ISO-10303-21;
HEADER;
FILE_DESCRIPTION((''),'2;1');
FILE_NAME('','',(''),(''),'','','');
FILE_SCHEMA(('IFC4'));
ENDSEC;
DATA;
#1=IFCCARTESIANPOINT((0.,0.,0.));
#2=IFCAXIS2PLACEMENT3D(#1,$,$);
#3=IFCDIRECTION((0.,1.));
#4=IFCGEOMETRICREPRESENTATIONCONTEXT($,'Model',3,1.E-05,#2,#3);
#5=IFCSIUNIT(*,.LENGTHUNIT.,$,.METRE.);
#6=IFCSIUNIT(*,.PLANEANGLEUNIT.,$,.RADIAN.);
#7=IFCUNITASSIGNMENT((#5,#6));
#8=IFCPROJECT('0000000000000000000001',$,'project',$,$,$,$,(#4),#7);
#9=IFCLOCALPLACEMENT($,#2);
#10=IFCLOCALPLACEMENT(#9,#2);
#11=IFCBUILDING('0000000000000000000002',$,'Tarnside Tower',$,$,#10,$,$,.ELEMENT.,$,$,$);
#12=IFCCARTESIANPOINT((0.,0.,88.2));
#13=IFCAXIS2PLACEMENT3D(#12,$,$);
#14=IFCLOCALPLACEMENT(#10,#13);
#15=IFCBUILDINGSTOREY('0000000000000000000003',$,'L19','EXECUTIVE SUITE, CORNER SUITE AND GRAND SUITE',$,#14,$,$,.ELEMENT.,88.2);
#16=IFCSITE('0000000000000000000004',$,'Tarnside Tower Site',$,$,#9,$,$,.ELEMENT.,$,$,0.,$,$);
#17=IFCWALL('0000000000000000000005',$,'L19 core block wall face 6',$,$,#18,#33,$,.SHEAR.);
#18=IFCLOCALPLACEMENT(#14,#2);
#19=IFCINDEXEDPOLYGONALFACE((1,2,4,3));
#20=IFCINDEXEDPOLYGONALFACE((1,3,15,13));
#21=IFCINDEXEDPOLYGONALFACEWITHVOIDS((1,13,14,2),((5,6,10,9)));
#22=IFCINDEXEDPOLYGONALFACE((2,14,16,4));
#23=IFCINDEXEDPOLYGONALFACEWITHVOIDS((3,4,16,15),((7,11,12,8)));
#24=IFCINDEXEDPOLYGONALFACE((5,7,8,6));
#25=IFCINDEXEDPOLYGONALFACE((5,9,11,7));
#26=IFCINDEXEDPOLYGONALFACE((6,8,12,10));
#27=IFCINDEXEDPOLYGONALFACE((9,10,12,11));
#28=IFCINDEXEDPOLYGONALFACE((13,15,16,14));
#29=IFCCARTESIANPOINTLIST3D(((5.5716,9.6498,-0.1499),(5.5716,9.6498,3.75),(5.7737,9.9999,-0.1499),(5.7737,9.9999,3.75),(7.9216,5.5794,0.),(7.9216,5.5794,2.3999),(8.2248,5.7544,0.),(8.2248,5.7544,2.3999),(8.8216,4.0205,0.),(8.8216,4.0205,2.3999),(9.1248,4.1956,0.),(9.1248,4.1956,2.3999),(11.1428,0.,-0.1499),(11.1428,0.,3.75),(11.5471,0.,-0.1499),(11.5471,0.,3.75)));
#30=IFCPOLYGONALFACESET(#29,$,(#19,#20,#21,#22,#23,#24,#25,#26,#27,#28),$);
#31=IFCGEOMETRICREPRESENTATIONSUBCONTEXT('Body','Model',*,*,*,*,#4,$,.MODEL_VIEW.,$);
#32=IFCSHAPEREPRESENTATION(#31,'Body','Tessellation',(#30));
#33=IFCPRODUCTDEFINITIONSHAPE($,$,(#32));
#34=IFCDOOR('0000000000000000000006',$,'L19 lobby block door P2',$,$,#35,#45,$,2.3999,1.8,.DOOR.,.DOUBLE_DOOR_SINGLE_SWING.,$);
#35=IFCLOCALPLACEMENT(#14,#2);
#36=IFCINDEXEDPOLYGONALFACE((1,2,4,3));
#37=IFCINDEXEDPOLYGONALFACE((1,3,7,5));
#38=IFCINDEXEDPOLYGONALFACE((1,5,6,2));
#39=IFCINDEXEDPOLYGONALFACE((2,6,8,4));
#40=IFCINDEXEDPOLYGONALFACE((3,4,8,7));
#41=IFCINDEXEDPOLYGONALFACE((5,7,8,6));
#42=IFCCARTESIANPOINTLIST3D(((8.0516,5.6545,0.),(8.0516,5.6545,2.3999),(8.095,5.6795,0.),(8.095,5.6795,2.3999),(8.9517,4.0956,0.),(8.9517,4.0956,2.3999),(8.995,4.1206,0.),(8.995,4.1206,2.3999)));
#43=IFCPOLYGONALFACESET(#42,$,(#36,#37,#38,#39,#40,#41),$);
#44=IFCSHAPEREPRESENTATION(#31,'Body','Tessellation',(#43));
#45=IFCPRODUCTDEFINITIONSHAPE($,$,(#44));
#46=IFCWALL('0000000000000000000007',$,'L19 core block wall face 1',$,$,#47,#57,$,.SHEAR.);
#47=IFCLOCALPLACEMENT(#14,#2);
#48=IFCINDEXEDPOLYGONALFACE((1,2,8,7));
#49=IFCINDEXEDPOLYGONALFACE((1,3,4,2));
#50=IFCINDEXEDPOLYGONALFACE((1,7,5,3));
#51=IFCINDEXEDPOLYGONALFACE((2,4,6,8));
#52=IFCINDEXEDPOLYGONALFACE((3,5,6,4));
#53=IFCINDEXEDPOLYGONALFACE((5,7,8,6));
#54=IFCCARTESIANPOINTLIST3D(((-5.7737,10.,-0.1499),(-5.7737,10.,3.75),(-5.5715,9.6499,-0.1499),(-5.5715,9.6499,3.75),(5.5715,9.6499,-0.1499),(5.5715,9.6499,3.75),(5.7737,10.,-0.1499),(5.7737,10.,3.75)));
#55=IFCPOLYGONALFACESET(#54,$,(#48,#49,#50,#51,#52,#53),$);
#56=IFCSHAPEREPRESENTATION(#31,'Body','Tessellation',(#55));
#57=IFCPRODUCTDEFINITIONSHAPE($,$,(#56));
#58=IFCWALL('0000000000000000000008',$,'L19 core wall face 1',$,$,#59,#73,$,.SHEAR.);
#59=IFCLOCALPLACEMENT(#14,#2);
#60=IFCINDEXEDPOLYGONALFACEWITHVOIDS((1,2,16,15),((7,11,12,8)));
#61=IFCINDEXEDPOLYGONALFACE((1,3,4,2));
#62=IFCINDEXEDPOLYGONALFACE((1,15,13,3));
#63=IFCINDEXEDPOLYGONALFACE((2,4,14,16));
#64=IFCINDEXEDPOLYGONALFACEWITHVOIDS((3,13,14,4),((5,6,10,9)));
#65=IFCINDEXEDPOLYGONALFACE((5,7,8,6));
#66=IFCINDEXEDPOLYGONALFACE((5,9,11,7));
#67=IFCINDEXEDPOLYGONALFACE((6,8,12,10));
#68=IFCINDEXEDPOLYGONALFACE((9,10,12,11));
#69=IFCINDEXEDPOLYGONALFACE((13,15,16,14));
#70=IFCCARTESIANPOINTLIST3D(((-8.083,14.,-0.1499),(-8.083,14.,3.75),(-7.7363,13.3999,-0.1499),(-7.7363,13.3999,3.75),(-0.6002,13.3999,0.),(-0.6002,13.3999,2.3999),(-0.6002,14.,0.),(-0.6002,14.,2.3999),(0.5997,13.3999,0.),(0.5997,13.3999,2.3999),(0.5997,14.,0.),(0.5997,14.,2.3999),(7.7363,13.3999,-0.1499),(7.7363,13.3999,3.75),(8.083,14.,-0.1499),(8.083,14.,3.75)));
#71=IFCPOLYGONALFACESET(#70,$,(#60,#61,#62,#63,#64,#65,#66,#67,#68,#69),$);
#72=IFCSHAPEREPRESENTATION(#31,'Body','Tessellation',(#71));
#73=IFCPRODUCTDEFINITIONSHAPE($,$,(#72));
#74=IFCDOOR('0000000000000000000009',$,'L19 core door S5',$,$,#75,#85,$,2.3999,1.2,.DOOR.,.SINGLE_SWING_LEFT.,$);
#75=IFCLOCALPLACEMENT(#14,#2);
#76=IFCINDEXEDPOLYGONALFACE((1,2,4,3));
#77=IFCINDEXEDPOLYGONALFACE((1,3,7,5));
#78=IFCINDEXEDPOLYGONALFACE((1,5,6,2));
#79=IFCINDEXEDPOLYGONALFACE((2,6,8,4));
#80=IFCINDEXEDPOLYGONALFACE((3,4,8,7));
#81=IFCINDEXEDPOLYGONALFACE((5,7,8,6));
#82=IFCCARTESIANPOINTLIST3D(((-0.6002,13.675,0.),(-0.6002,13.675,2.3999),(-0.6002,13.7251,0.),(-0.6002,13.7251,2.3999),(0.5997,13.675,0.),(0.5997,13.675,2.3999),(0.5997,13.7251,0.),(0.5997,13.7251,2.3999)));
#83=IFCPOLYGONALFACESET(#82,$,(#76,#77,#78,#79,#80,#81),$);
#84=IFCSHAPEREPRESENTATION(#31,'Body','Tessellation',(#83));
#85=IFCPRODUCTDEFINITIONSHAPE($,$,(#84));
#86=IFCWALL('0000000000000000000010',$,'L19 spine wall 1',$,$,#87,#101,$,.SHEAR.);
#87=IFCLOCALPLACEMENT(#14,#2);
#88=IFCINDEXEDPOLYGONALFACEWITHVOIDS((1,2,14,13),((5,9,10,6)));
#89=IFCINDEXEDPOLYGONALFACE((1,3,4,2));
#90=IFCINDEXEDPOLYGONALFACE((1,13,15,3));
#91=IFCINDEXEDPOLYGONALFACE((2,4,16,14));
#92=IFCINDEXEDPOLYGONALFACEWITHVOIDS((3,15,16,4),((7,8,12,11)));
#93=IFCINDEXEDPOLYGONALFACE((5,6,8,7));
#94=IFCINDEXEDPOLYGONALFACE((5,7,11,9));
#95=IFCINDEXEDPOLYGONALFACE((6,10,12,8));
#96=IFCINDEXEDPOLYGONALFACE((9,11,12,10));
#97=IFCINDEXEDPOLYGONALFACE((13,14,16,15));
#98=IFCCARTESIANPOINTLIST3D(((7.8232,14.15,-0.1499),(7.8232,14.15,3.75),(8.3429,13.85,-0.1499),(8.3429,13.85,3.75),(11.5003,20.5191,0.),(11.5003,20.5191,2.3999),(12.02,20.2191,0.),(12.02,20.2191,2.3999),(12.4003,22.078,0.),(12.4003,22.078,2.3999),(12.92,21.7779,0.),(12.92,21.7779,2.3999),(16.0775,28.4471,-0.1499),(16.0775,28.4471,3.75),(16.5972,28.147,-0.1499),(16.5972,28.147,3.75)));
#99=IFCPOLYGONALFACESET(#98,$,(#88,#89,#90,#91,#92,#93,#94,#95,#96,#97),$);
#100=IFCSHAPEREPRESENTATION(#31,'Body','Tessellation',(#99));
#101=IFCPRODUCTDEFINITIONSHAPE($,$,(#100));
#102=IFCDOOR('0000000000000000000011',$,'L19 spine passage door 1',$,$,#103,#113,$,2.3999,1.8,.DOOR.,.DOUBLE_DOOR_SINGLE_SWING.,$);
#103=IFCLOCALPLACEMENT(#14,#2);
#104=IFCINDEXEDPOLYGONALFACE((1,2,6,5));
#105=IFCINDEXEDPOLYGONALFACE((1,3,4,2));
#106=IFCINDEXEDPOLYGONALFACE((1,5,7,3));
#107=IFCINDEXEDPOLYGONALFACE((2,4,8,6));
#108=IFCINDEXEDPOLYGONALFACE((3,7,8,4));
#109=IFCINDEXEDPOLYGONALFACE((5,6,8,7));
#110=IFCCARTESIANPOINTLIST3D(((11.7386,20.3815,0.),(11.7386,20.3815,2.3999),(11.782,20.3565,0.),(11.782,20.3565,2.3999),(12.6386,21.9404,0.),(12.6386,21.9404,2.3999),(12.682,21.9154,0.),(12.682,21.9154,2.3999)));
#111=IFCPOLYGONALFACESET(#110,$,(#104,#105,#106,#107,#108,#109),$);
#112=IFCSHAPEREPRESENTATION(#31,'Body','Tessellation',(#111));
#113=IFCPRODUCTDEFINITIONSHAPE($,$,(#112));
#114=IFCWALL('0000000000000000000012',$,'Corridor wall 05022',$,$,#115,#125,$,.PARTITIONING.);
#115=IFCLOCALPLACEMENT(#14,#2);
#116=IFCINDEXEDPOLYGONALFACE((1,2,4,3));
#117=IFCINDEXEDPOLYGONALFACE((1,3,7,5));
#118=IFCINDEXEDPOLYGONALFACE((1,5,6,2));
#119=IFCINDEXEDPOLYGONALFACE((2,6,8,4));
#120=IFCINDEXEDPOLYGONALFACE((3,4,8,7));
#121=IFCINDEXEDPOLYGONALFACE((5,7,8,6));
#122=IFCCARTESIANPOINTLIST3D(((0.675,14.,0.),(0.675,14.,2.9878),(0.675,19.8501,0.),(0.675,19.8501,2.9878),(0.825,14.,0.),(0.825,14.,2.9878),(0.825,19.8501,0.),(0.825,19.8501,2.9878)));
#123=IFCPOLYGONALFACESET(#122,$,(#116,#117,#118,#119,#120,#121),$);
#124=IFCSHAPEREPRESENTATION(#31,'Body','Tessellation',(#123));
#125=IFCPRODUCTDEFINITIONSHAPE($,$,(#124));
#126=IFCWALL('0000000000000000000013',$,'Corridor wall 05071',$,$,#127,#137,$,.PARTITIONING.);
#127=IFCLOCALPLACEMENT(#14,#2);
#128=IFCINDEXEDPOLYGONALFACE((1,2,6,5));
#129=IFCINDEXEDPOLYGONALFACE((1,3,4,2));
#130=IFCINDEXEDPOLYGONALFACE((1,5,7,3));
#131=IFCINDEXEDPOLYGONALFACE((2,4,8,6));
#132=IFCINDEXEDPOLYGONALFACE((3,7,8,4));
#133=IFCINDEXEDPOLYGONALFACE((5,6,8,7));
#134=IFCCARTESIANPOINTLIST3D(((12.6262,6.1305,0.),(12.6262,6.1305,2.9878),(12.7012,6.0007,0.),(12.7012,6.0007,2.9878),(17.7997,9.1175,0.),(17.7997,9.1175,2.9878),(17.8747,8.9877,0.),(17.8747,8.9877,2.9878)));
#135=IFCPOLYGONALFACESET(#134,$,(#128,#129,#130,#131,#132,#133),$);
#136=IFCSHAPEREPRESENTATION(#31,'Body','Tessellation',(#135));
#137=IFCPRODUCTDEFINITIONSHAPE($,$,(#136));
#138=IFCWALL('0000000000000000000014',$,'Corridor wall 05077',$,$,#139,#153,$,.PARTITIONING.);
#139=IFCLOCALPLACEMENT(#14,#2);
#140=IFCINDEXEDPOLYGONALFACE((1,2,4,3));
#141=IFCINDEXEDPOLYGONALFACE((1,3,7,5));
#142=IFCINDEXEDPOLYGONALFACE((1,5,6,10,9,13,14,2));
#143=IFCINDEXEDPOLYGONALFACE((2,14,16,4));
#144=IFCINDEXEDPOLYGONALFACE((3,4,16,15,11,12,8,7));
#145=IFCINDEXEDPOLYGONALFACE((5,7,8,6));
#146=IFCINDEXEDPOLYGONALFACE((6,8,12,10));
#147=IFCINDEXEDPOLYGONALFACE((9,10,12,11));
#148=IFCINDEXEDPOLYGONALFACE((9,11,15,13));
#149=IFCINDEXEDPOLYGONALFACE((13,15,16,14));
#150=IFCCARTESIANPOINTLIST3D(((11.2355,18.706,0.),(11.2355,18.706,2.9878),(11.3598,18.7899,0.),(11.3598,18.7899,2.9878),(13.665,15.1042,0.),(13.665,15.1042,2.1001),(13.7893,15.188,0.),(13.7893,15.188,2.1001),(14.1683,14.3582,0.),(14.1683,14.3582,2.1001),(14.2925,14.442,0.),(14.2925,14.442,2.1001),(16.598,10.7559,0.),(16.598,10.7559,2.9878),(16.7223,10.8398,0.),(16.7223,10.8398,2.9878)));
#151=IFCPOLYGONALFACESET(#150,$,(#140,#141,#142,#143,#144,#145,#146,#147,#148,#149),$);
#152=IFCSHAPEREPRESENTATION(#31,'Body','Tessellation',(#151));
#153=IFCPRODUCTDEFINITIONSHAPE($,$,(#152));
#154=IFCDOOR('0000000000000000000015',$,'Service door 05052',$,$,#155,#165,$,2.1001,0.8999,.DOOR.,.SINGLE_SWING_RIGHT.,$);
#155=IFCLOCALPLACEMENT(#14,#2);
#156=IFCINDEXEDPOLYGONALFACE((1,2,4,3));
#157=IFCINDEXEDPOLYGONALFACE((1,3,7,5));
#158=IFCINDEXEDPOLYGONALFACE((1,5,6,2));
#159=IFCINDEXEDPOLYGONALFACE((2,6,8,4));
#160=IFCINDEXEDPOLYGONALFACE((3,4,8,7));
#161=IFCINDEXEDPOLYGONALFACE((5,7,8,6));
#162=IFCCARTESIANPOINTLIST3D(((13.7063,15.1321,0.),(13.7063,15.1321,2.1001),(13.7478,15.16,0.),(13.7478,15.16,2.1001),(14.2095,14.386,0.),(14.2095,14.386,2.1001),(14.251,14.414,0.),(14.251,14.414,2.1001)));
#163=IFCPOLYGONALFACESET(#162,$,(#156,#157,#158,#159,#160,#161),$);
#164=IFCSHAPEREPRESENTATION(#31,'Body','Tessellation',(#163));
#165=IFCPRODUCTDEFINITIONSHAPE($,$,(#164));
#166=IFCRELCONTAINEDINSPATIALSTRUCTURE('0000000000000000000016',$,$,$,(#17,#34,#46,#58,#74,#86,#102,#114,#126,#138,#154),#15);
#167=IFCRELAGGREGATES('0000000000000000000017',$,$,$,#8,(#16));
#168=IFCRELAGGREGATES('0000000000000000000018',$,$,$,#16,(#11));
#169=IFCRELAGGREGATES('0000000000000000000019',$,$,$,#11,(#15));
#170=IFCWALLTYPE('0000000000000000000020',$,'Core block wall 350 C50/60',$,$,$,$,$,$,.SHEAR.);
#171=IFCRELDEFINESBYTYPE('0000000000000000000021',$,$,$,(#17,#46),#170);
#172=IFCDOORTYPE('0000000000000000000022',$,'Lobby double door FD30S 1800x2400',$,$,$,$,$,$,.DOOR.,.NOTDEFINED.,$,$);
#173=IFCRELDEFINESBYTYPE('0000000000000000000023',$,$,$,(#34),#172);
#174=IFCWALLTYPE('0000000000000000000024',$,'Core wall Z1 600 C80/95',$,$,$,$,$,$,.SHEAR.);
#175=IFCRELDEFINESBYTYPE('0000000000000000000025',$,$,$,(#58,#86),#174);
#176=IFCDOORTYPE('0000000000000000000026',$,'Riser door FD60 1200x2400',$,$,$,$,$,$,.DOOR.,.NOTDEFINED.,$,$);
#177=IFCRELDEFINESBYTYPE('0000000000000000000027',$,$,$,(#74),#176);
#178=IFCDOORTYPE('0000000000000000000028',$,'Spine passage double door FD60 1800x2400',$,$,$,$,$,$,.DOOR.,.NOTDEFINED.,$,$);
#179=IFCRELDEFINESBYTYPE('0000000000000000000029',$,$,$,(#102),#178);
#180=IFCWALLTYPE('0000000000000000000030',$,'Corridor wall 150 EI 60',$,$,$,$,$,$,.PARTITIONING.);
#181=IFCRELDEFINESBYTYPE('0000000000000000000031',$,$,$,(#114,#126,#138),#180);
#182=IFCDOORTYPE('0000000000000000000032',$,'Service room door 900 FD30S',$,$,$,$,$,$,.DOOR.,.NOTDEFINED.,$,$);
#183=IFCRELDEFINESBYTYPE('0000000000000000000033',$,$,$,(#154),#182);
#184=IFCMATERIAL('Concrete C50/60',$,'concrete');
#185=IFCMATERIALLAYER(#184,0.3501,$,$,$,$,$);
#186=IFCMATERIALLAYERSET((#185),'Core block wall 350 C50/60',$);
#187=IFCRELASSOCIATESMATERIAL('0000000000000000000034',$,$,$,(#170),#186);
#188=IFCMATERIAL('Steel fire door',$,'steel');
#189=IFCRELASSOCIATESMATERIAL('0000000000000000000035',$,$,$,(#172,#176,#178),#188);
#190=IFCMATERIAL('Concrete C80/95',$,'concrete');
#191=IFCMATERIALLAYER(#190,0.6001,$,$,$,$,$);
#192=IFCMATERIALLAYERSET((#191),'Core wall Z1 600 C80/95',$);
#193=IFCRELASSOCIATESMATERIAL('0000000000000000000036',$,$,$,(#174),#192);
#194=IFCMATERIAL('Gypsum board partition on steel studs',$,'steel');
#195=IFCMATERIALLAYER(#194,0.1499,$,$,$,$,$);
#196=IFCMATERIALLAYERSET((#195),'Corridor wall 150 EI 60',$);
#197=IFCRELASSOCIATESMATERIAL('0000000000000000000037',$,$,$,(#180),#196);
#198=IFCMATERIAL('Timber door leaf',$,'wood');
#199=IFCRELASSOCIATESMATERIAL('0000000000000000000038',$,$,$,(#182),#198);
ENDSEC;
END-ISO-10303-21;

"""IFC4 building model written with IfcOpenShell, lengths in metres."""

from ifc_helpers import new_model, si_unit, direction, frame, frame_2d, origin, place, context, subcontext, project, spatial, polyline, rectangle, outline, extrude, material, layer, layer_set, type_object, element, fill, save


model = new_model("IFC4")

# Units and contexts
model_context = context("Model", 3, precision=1e-05, world=origin(), true_north=direction((0.0, 1.0)))
body_context = subcontext(model_context, "Body", "Model", "MODEL_VIEW")
ifc_project = project(units=[si_unit("LENGTHUNIT", "METRE"), si_unit("PLANEANGLEUNIT", "RADIAN")], contexts=[model_context])

# Site, building, storey
site_placement = place(None, origin())
site = spatial("IfcSite", under=ifc_project, at=site_placement, Name="Tarnside Tower Site", CompositionType="ELEMENT", RefElevation=0.0)
building_placement = place(site_placement, origin())
building = spatial("IfcBuilding", under=site, at=building_placement, Name="Tarnside Tower", CompositionType="ELEMENT")
storey_placement = place(building_placement, frame((0.0, 0.0, 88.2)))
storey = spatial("IfcBuildingStorey", under=building, at=storey_placement, Name="L19", Description="EXECUTIVE SUITE, CORNER SUITE AND GRAND SUITE", CompositionType="ELEMENT", Elevation=88.2)

# Wall, opening, door
ifc_material_1 = material(Name="Concrete C50/60", Category="concrete")
ifc_layer_1 = layer(ifc_material_1, 0.3501)
ifc_layer_set_1 = layer_set([ifc_layer_1], Name="Core block wall 350 C50/60")
wall_type_1 = type_object("IfcWallType", Name="Core block wall 350 C50/60", PredefinedType="SHEAR", material=ifc_layer_set_1)
wall_1_placement = place(storey_placement, frame((11.345, 0.0, -0.1499), z_axis=(0.0, 0.0, 1.0), x_axis=(-0.499995, 0.866028, 0.0)))
wall_1 = element("IfcWall", 1, at=wall_1_placement, inside=storey, type_object=wall_type_1, Name="L19 core block wall face 6", PredefinedType="SHEAR", context=body_context, shape_type="SweptSolid", body=[
    extrude(outline(polyline([(-0.1011, -0.175), (11.4458, -0.175), (11.2437, 0.175), (0.1011, 0.175), (-0.1011, -0.175)])), origin(), (0.0, 0.0, 1.0), 3.8999),
])
opening_1_placement = place(wall_1_placement, frame((4.7437, 0.0, 0.1499)))
opening_1 = element("IfcOpeningElement", 2, at=opening_1_placement, cuts=wall_1, PredefinedType="OPENING", context=body_context, shape_type="SweptSolid", body=[
    extrude(rectangle(XDim=1.8, YDim=2.3999, at=frame_2d((0.8999, 1.2))), frame((0.0, 0.1851, 0.0), z_axis=(0.0, -1.0, 0.0), x_axis=(1.0, 0.0, 0.0)), (0.0, 0.0, 1.0), 0.3701),
])
ifc_material_2 = material(Name="Steel fire door", Category="steel")
door_type_1 = type_object("IfcDoorType", Name="Lobby double door FD30S 1800x2400", OperationType="NOTDEFINED", PredefinedType="DOOR", material=ifc_material_2)
door_1_placement = place(opening_1_placement, origin())
door_1 = element("IfcDoor", 3, at=door_1_placement, inside=storey, type_object=door_type_1, Name="L19 lobby block door P2", OperationType="DOUBLE_DOOR_SINGLE_SWING", OverallHeight=2.3999, OverallWidth=1.8, PredefinedType="DOOR", context=body_context, shape_type="SweptSolid", body=[
    extrude(rectangle(XDim=1.8, YDim=2.3999, at=frame_2d((0.8999, 1.2))), frame((0.0, 0.0249, 0.0), z_axis=(0.0, -1.0, 0.0), x_axis=(1.0, 0.0, 0.0)), (0.0, 0.0, 1.0), 0.05),
])
fill(opening_1, door_1)

# Wall
wall_2_placement = place(storey_placement, frame((5.6726, 9.825, -0.1499), z_axis=(0.0, 0.0, 1.0), x_axis=(-1.0, 0.0, 0.0)))
element("IfcWall", 4, at=wall_2_placement, inside=storey, type_object=wall_type_1, Name="L19 core block wall face 1", PredefinedType="SHEAR", context=body_context, shape_type="SweptSolid", body=[
    extrude(outline(polyline([(-0.1011, -0.175), (11.4463, -0.175), (11.2441, 0.175), (0.1011, 0.175), (-0.1011, -0.175)])), origin(), (0.0, 0.0, 1.0), 3.8999),
])

# Walls, openings, doors
ifc_material_3 = material(Name="Concrete C80/95", Category="concrete")
ifc_layer_2 = layer(ifc_material_3, 0.6001)
ifc_layer_set_2 = layer_set([ifc_layer_2], Name="Core wall Z1 600 C80/95")
wall_type_2 = type_object("IfcWallType", Name="Core wall Z1 600 C80/95", PredefinedType="SHEAR", material=ifc_layer_set_2)
wall_3_placement = place(storey_placement, frame((7.9097, 13.7, -0.1499), z_axis=(0.0, 0.0, 1.0), x_axis=(-1.0, 0.0, 0.0)))
wall_3 = element("IfcWall", 5, at=wall_3_placement, inside=storey, type_object=wall_type_2, Name="L19 core wall face 1", PredefinedType="SHEAR", context=body_context, shape_type="SweptSolid", body=[
    extrude(outline(polyline([(-0.1733, -0.3), (15.9927, -0.3), (15.646, 0.3), (0.1733, 0.3), (-0.1733, -0.3)])), origin(), (0.0, 0.0, 1.0), 3.8999),
])
opening_2_placement = place(wall_3_placement, frame((7.3098, 0.0, 0.1499)))
opening_2 = element("IfcOpeningElement", 6, at=opening_2_placement, cuts=wall_3, PredefinedType="OPENING", context=body_context, shape_type="SweptSolid", body=[
    extrude(rectangle(XDim=1.2, YDim=2.3999, at=frame_2d((0.6001, 1.2))), frame((0.0, 0.3101, 0.0), z_axis=(0.0, -1.0, 0.0), x_axis=(1.0, 0.0, 0.0)), (0.0, 0.0, 1.0), 0.6201),
])
door_type_2 = type_object("IfcDoorType", Name="Riser door FD60 1200x2400", OperationType="NOTDEFINED", PredefinedType="DOOR", material=ifc_material_2)
door_2_placement = place(opening_2_placement, origin())
door_2 = element("IfcDoor", 7, at=door_2_placement, inside=storey, type_object=door_type_2, Name="L19 core door S5", OperationType="SINGLE_SWING_LEFT", OverallHeight=2.3999, OverallWidth=1.2, PredefinedType="DOOR", context=body_context, shape_type="SweptSolid", body=[
    extrude(rectangle(XDim=1.2, YDim=2.3999, at=frame_2d((0.6001, 1.2))), frame((0.0, 0.0249, 0.0), z_axis=(0.0, -1.0, 0.0), x_axis=(1.0, 0.0, 0.0)), (0.0, 0.0, 1.0), 0.05),
])
fill(opening_2, door_2)
wall_4_placement = place(storey_placement, frame((8.083, 14.0, -0.1499), z_axis=(0.0, 0.0, 1.0), x_axis=(0.499998, 0.866027, 0.0)))
wall_4 = element("IfcWall", 8, at=wall_4_placement, inside=storey, type_object=wall_type_2, Name="L19 spine wall 1", PredefinedType="SHEAR", context=body_context, shape_type="SweptSolid", body=[
    extrude(rectangle(XDim=16.5088, YDim=0.6001, at=frame_2d((8.2544, 0.0))), origin(), (0.0, 0.0, 1.0), 3.8999),
])
opening_3_placement = place(wall_4_placement, frame((7.3545, 0.0, 0.1499)))
opening_3 = element("IfcOpeningElement", 9, at=opening_3_placement, cuts=wall_4, PredefinedType="OPENING", context=body_context, shape_type="SweptSolid", body=[
    extrude(rectangle(XDim=1.8, YDim=2.3999, at=frame_2d((0.8999, 1.2))), frame((0.0, 0.3101, 0.0), z_axis=(0.0, -1.0, 0.0), x_axis=(1.0, 0.0, 0.0)), (0.0, 0.0, 1.0), 0.6201),
])
door_type_3 = type_object("IfcDoorType", Name="Spine passage double door FD60 1800x2400", OperationType="NOTDEFINED", PredefinedType="DOOR", material=ifc_material_2)
door_3_placement = place(opening_3_placement, origin())
door_3 = element("IfcDoor", 10, at=door_3_placement, inside=storey, type_object=door_type_3, Name="L19 spine passage door 1", OperationType="DOUBLE_DOOR_SINGLE_SWING", OverallHeight=2.3999, OverallWidth=1.8, PredefinedType="DOOR", context=body_context, shape_type="SweptSolid", body=[
    extrude(rectangle(XDim=1.8, YDim=2.3999, at=frame_2d((0.8999, 1.2))), frame((0.0, 0.0249, 0.0), z_axis=(0.0, -1.0, 0.0), x_axis=(1.0, 0.0, 0.0)), (0.0, 0.0, 1.0), 0.05),
])
fill(opening_3, door_3)

# Walls
ifc_material_4 = material(Name="Gypsum board partition on steel studs", Category="steel")
ifc_layer_3 = layer(ifc_material_4, 0.1499)
ifc_layer_set_3 = layer_set([ifc_layer_3], Name="Corridor wall 150 EI 60")
wall_type_3 = type_object("IfcWallType", Name="Corridor wall 150 EI 60", PredefinedType="PARTITIONING", material=ifc_layer_set_3)
wall_5_placement = place(storey_placement, frame((0.75, 14.0, 0.0), z_axis=(0.0, 0.0, 1.0), x_axis=(0.0, 1.0, 0.0)))
element("IfcWall", 11, at=wall_5_placement, inside=storey, type_object=wall_type_3, Name="Corridor wall 05022", PredefinedType="PARTITIONING", context=body_context, shape_type="SweptSolid", body=[
    extrude(rectangle(XDim=5.8501, YDim=0.1499, at=frame_2d((2.925, 0.0))), origin(), (0.0, 0.0, 1.0), 2.9878),
])
wall_6_placement = place(storey_placement, frame((12.6638, 6.0657, 0.0), z_axis=(0.0, 0.0, 1.0), x_axis=(0.866019, 0.500011, 0.0)))
element("IfcWall", 12, at=wall_6_placement, inside=storey, type_object=wall_type_3, Name="Corridor wall 05071", PredefinedType="PARTITIONING", context=body_context, shape_type="SweptSolid", body=[
    extrude(rectangle(XDim=5.9739, YDim=0.1499, at=frame_2d((2.9868, 0.0))), origin(), (0.0, 0.0, 1.0), 2.9878),
])

# Wall, opening, door
wall_7_placement = place(storey_placement, frame((11.2976, 18.748, 0.0), z_axis=(0.0, 0.0, 1.0), x_axis=(0.559198, -0.829034, 0.0)))
wall_7 = element("IfcWall", 13, at=wall_7_placement, inside=storey, type_object=wall_type_3, Name="Corridor wall 05077", PredefinedType="PARTITIONING", context=body_context, shape_type="SweptSolid", body=[
    extrude(rectangle(XDim=9.5896, YDim=0.1499, at=frame_2d((4.7949, 0.0))), origin(), (0.0, 0.0, 1.0), 2.9878),
])
opening_4_placement = place(wall_7_placement, frame((4.3447, 0.0, 0.0)))
opening_4 = element("IfcOpeningElement", 14, at=opening_4_placement, cuts=wall_7, PredefinedType="OPENING", context=body_context, shape_type="SweptSolid", body=[
    extrude(rectangle(XDim=0.8999, YDim=2.1001, at=frame_2d((0.45, 1.05))), frame((0.0, 0.085, 0.0), z_axis=(0.0, -1.0, 0.0), x_axis=(1.0, 0.0, 0.0)), (0.0, 0.0, 1.0), 0.1699),
])
ifc_material_5 = material(Name="Timber door leaf", Category="wood")
door_type_4 = type_object("IfcDoorType", Name="Service room door 900 FD30S", OperationType="NOTDEFINED", PredefinedType="DOOR", material=ifc_material_5)
door_4_placement = place(opening_4_placement, origin())
door_4 = element("IfcDoor", 15, at=door_4_placement, inside=storey, type_object=door_type_4, Name="Service door 05052", OperationType="SINGLE_SWING_RIGHT", OverallHeight=2.1001, OverallWidth=0.8999, PredefinedType="DOOR", context=body_context, shape_type="SweptSolid", body=[
    extrude(rectangle(XDim=0.8999, YDim=2.1001, at=frame_2d((0.45, 1.05))), frame((0.0, 0.0249, 0.0), z_axis=(0.0, -1.0, 0.0), x_axis=(1.0, 0.0, 0.0)), (0.0, 0.0, 1.0), 0.05),
])
fill(opening_4, door_4)

save(model, "model.ifc")
